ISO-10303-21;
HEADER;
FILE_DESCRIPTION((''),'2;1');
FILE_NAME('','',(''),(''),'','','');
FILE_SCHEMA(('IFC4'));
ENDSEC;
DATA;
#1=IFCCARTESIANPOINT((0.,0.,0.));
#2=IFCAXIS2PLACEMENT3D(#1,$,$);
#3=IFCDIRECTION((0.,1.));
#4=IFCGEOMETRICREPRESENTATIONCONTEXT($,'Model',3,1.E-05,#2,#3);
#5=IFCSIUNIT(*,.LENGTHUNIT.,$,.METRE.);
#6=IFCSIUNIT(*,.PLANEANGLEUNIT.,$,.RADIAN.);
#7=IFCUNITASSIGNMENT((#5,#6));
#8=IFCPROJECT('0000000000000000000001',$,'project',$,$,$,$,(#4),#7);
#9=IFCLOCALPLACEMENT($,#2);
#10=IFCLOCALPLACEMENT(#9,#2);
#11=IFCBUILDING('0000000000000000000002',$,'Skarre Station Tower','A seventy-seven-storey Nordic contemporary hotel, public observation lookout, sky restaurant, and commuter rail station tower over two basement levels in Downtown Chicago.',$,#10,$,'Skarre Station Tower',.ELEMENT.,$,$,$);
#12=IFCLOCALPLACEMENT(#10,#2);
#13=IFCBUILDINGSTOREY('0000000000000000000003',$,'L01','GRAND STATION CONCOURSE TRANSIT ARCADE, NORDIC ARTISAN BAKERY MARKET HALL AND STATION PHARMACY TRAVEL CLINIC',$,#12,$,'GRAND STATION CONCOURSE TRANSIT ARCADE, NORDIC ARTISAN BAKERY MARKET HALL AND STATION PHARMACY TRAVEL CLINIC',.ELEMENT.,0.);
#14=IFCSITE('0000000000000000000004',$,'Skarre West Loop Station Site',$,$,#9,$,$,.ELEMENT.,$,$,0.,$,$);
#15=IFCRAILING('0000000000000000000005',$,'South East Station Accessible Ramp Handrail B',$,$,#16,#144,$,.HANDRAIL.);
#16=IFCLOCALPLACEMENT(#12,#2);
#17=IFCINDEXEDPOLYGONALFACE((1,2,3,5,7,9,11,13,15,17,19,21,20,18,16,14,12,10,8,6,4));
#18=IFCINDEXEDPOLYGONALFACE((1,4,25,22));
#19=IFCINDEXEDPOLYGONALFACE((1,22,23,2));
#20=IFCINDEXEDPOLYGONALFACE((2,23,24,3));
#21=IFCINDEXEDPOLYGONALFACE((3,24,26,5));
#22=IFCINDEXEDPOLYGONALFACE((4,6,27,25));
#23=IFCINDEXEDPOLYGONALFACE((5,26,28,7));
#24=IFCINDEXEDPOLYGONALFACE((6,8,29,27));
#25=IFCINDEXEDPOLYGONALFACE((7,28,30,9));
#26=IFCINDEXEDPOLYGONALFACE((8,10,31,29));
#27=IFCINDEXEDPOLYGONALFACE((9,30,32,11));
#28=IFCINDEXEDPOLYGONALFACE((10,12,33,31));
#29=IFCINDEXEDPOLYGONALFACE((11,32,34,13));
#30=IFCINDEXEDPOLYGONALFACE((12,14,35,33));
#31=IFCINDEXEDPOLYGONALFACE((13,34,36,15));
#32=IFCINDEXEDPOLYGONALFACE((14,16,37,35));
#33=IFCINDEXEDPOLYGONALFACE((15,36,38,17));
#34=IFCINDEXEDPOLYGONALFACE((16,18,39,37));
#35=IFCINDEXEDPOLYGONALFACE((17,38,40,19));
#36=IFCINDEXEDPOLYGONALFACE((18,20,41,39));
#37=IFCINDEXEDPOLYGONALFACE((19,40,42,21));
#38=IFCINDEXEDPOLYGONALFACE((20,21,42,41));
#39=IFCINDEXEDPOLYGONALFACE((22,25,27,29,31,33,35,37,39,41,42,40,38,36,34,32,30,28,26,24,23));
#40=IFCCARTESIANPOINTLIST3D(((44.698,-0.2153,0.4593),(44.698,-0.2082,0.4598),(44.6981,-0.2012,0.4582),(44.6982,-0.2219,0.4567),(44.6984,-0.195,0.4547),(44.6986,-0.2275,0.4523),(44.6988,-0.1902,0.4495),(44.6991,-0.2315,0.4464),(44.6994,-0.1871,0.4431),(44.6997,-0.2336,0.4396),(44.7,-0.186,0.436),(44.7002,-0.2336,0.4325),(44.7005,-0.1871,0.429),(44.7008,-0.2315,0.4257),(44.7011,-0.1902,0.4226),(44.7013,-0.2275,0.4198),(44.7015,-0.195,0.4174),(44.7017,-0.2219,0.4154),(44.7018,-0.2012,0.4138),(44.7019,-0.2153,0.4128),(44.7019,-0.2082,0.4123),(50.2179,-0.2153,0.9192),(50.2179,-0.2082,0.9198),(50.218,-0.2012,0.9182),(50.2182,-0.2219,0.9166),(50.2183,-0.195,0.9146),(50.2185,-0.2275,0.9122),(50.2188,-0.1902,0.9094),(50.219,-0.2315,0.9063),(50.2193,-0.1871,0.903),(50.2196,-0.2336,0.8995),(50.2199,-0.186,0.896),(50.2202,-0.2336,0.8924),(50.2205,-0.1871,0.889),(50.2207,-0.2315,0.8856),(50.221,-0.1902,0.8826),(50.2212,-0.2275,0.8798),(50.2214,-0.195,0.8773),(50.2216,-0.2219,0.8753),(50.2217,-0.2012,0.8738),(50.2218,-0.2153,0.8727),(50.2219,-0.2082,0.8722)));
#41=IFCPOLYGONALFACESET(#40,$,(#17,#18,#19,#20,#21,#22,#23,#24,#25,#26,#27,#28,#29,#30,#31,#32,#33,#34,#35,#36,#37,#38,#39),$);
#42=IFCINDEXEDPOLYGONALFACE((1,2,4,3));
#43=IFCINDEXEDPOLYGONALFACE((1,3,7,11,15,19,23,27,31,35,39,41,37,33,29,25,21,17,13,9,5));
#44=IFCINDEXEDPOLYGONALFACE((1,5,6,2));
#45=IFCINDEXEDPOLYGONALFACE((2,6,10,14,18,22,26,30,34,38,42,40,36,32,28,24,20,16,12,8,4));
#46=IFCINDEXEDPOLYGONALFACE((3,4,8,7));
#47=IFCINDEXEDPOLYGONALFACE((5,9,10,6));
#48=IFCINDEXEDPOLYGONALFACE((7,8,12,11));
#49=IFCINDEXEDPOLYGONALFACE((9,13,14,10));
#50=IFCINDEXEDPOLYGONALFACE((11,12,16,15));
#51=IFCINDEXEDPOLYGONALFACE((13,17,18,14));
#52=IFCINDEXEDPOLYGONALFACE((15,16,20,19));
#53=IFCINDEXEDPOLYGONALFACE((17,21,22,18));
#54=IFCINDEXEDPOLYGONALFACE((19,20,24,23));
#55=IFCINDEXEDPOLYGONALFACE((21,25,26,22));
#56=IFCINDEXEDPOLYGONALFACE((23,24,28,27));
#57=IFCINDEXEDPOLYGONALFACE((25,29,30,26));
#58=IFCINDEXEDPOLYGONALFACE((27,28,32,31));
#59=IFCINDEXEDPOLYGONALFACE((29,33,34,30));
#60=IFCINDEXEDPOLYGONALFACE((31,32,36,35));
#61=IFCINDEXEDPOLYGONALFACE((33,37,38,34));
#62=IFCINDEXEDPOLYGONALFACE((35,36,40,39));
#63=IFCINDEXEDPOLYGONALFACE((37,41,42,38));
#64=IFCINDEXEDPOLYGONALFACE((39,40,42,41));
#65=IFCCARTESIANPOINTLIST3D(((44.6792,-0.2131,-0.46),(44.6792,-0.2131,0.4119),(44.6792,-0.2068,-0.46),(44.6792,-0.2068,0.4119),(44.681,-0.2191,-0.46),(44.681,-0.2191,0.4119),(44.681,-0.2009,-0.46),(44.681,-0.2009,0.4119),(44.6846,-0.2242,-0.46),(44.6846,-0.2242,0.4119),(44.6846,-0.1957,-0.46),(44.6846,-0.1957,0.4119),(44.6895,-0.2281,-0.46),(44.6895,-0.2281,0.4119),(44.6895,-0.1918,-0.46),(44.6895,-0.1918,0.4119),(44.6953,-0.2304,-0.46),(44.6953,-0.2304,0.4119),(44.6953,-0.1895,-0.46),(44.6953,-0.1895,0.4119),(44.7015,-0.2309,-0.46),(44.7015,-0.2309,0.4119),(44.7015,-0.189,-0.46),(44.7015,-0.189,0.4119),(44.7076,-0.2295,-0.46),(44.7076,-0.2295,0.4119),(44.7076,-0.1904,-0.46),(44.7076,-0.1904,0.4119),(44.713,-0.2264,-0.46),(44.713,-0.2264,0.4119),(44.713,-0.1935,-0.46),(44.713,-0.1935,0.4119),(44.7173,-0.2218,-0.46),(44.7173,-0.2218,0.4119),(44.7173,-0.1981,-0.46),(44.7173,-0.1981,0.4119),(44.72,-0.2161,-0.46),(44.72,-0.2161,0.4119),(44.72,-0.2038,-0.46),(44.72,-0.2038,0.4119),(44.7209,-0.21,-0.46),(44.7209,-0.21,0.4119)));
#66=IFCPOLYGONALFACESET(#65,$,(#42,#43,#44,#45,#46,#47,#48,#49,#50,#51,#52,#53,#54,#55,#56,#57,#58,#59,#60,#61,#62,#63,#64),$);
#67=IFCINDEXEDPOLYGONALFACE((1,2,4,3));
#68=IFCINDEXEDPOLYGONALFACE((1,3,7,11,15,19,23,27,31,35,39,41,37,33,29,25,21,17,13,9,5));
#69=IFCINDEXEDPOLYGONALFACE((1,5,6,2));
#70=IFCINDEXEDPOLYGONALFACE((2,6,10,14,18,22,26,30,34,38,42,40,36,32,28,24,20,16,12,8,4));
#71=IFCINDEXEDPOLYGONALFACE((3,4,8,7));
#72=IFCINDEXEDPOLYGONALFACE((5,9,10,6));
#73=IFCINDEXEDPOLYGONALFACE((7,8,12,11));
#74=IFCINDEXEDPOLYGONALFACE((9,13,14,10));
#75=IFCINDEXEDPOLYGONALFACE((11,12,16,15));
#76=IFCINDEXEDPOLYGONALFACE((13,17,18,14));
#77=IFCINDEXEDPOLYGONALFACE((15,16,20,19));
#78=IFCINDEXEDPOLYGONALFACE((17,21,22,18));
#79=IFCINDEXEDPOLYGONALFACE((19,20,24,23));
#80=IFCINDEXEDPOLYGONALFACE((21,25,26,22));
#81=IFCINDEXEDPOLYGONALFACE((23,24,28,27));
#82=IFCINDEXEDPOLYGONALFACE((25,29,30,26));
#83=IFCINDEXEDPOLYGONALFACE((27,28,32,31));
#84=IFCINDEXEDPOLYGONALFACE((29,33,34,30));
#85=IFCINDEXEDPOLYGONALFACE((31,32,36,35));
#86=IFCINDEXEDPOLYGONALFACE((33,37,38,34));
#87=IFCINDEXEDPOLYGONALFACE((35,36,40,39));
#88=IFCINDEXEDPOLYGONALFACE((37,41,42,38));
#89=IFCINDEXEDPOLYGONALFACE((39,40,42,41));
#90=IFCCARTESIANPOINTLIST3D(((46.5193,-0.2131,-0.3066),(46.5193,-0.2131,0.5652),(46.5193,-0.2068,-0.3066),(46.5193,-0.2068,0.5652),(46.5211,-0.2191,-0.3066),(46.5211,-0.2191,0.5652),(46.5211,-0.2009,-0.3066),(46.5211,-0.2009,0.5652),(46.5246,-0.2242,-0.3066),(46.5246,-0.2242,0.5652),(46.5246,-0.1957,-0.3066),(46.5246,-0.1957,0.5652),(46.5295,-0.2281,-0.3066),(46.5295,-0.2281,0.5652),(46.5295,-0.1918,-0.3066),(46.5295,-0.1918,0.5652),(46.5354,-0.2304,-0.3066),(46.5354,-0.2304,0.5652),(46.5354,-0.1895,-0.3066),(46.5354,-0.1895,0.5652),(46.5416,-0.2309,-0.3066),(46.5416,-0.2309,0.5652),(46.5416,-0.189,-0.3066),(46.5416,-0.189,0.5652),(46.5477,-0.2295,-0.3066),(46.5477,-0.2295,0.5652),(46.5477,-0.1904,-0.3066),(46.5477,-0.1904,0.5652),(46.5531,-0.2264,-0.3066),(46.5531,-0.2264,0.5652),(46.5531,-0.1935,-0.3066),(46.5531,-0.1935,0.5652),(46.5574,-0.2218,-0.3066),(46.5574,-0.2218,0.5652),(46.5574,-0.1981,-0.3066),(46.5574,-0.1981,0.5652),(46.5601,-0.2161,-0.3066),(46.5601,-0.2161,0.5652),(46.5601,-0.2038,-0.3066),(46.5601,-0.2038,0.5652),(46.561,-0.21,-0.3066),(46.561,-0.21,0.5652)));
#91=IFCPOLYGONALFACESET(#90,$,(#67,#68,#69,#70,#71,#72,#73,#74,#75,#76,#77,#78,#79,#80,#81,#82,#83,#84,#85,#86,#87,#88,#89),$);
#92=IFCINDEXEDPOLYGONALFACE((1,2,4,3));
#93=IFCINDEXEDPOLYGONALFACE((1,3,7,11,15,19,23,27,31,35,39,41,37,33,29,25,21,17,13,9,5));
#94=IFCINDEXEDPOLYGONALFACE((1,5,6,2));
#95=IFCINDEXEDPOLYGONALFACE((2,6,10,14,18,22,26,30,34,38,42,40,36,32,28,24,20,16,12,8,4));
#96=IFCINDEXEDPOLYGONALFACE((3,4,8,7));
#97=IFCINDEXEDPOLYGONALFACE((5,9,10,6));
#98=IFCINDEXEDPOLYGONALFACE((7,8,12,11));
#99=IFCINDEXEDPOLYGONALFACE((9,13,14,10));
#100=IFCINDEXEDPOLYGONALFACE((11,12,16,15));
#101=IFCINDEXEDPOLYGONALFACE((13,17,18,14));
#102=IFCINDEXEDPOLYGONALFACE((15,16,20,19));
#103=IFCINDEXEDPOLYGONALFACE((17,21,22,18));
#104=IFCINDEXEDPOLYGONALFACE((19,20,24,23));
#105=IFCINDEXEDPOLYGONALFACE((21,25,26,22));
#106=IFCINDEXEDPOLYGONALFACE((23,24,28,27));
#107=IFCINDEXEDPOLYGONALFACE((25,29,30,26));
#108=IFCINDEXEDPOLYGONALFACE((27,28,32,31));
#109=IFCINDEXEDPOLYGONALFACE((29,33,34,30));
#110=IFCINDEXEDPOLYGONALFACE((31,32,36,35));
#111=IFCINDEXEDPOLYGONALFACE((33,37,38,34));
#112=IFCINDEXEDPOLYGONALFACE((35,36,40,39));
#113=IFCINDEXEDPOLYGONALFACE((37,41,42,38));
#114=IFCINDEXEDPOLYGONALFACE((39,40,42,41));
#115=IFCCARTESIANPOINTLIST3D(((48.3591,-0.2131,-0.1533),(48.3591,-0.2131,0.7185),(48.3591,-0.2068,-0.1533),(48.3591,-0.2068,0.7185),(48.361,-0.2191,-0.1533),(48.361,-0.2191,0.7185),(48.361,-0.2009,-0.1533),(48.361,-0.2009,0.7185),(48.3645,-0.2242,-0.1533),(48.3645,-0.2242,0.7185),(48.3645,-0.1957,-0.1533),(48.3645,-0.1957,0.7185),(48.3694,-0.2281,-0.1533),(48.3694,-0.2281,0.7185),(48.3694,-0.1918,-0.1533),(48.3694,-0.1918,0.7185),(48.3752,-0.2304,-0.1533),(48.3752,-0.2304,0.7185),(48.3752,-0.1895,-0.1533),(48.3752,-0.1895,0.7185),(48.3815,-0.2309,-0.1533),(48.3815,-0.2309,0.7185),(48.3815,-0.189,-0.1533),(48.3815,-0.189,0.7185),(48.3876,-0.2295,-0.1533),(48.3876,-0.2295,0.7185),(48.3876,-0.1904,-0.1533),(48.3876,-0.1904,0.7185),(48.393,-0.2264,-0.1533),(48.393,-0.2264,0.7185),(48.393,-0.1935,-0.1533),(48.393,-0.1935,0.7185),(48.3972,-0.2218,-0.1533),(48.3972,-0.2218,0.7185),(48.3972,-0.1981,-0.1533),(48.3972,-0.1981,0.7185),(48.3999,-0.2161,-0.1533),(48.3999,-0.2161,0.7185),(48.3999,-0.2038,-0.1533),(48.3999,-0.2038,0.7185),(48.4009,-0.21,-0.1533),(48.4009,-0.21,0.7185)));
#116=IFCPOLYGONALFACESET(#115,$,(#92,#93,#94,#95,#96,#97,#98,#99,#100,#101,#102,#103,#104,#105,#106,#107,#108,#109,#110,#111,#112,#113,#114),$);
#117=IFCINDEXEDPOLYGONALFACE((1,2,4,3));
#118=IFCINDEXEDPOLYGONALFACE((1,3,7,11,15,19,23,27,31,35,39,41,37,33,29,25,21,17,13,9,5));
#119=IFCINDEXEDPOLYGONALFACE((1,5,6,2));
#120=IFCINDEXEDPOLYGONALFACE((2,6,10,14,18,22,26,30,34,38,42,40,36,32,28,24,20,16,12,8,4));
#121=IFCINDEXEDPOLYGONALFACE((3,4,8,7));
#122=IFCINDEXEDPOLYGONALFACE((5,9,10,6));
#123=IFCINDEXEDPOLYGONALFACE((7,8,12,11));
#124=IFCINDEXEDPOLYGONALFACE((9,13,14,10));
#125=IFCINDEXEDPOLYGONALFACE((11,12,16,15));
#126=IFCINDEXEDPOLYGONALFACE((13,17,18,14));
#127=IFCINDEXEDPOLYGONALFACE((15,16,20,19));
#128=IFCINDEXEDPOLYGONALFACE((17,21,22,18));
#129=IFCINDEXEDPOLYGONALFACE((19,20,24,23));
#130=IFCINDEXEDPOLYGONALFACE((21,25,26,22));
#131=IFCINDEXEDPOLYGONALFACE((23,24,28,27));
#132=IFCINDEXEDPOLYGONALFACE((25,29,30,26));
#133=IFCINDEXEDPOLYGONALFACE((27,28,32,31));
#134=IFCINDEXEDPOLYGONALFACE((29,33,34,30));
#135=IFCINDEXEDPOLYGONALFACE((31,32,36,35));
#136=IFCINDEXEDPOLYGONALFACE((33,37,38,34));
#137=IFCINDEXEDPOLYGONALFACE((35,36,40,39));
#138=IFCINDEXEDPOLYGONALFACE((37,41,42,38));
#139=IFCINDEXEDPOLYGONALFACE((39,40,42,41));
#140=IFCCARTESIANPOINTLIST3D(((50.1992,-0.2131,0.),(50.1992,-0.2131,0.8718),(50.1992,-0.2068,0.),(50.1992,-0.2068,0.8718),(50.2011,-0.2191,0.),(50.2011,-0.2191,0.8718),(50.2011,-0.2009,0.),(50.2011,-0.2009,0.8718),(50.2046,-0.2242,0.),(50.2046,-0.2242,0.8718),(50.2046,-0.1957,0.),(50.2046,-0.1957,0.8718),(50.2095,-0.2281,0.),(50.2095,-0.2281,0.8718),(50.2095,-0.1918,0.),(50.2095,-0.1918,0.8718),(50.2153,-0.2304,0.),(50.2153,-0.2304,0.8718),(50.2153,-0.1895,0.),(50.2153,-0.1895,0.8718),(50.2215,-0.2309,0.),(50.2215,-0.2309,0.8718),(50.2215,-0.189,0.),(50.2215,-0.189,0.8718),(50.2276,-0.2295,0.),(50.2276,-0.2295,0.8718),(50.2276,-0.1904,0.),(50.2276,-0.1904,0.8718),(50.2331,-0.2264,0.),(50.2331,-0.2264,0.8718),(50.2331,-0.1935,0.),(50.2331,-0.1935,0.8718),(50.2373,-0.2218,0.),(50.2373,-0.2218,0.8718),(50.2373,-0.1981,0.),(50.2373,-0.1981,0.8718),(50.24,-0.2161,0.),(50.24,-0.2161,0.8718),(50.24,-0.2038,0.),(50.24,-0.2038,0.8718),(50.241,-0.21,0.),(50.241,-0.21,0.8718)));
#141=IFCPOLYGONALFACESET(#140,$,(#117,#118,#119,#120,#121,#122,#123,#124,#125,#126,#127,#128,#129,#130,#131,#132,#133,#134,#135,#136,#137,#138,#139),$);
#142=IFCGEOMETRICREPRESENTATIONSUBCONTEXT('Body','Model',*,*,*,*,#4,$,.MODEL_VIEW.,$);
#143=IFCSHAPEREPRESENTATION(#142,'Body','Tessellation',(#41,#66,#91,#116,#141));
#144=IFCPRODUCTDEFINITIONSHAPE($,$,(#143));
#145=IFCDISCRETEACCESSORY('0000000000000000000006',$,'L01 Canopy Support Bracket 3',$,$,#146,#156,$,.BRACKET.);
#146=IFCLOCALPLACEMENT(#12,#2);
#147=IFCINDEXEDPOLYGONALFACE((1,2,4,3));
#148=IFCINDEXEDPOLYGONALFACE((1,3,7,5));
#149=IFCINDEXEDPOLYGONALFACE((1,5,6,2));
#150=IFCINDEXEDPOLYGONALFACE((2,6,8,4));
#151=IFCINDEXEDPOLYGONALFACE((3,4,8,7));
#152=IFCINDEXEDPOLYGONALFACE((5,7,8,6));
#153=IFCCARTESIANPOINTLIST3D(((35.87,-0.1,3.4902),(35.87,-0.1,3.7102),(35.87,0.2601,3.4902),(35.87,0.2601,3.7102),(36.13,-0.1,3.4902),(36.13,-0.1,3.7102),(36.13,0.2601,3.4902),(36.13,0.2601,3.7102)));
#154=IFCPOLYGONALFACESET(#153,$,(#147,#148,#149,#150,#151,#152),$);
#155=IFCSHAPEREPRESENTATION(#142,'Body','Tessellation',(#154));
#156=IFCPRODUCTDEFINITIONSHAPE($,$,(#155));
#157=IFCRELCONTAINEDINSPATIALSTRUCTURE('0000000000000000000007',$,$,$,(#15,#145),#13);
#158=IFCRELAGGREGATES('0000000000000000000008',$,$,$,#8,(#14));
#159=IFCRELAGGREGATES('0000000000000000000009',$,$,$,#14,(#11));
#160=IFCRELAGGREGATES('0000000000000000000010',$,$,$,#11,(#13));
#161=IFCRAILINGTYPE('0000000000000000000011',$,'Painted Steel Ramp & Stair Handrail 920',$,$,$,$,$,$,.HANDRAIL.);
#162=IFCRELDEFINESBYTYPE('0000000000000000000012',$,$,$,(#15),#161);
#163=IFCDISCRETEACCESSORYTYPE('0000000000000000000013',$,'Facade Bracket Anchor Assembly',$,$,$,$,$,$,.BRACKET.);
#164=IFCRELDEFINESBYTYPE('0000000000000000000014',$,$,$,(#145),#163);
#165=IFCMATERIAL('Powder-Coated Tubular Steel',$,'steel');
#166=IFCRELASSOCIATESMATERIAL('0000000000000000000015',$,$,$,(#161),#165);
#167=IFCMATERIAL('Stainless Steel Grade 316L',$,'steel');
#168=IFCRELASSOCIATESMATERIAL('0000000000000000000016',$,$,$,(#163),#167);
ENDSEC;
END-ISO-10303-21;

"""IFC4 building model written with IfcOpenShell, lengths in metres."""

from ifc_helpers import new_model, si_unit, direction, frame, origin, origin_2d, place, context, subcontext, project, spatial, rectangle, circle, extrude, material, type_object, element, save


model = new_model("IFC4")

# Units and contexts
model_context = context("Model", 3, precision=1e-05, world=origin(), true_north=direction((0.0, 1.0)))
body_context = subcontext(model_context, "Body", "Model", "MODEL_VIEW")
ifc_project = project(units=[si_unit("LENGTHUNIT", "METRE"), si_unit("PLANEANGLEUNIT", "RADIAN")], contexts=[model_context])

# Site, building, storey
site_placement = place(None, origin())
site = spatial("IfcSite", under=ifc_project, at=site_placement, Name="Skarre West Loop Station Site", CompositionType="ELEMENT", RefElevation=0.0)
building_placement = place(site_placement, origin())
building = spatial("IfcBuilding", under=site, at=building_placement, Name="Skarre Station Tower", Description="A seventy-seven-storey Nordic contemporary hotel, public observation lookout, sky restaurant, and commuter rail station tower over two basement levels in Downtown Chicago.", LongName="Skarre Station Tower", CompositionType="ELEMENT")
storey_placement = place(building_placement, origin())
storey = spatial("IfcBuildingStorey", under=building, at=storey_placement, Name="L01", Description="GRAND STATION CONCOURSE TRANSIT ARCADE, NORDIC ARTISAN BAKERY MARKET HALL AND STATION PHARMACY TRAVEL CLINIC", LongName="GRAND STATION CONCOURSE TRANSIT ARCADE, NORDIC ARTISAN BAKERY MARKET HALL AND STATION PHARMACY TRAVEL CLINIC", CompositionType="ELEMENT", Elevation=0.0)

# Railing
ifc_material_1 = material(Name="Powder-Coated Tubular Steel", Category="steel")
railing_type = type_object("IfcRailingType", Name="Painted Steel Ramp & Stair Handrail 920", PredefinedType="HANDRAIL", material=ifc_material_1)
for number, where, name in (
    (1, (44.7, -0.21, -0.46), "South East Station Accessible Ramp Handrail B"),
):
    element("IfcRailing", number, at=place(storey_placement, frame(where)), inside=storey, type_object=railing_type, Name=name, PredefinedType="HANDRAIL", context=body_context, shape_type="SweptSolid", body=[
        extrude(circle(Radius=0.0239, at=origin_2d()), frame((0.0, 0.0, 0.896), z_axis=(0.996546, 0.0, 0.083038), x_axis=(0.0, 1.0, 0.0)), (0.0, 0.0, 1.0), 5.5391),
        extrude(circle(Radius=0.021, at=origin_2d()), origin(), (0.0, 0.0, 1.0), 0.8718),
        extrude(circle(Radius=0.021, at=origin_2d()), frame((1.8401, 0.0, 0.1533)), (0.0, 0.0, 1.0), 0.8718),
        extrude(circle(Radius=0.021, at=origin_2d()), frame((3.6799, 0.0, 0.3066)), (0.0, 0.0, 1.0), 0.8718),
        extrude(circle(Radius=0.021, at=origin_2d()), frame((5.52, 0.0, 0.46)), (0.0, 0.0, 1.0), 0.8718),
    ])

# Discrete accessory
ifc_material_2 = material(Name="Stainless Steel Grade 316L", Category="steel")
discrete_accessory_type = type_object("IfcDiscreteAccessoryType", Name="Facade Bracket Anchor Assembly", PredefinedType="BRACKET", material=ifc_material_2)
discrete_accessory_placement = place(storey_placement, frame((36.0, 0.0801, 3.4902), z_axis=(0.0, 0.0, 1.0), x_axis=(1.0, 0.0, 0.0)))
element("IfcDiscreteAccessory", 2, at=discrete_accessory_placement, inside=storey, type_object=discrete_accessory_type, Name="L01 Canopy Support Bracket 3", PredefinedType="BRACKET", context=body_context, shape_type="SweptSolid", body=[
    extrude(rectangle(XDim=0.26, YDim=0.3601, at=origin_2d()), origin(), (0.0, 0.0, 1.0), 0.22),
])

save(model, "model.ifc")
